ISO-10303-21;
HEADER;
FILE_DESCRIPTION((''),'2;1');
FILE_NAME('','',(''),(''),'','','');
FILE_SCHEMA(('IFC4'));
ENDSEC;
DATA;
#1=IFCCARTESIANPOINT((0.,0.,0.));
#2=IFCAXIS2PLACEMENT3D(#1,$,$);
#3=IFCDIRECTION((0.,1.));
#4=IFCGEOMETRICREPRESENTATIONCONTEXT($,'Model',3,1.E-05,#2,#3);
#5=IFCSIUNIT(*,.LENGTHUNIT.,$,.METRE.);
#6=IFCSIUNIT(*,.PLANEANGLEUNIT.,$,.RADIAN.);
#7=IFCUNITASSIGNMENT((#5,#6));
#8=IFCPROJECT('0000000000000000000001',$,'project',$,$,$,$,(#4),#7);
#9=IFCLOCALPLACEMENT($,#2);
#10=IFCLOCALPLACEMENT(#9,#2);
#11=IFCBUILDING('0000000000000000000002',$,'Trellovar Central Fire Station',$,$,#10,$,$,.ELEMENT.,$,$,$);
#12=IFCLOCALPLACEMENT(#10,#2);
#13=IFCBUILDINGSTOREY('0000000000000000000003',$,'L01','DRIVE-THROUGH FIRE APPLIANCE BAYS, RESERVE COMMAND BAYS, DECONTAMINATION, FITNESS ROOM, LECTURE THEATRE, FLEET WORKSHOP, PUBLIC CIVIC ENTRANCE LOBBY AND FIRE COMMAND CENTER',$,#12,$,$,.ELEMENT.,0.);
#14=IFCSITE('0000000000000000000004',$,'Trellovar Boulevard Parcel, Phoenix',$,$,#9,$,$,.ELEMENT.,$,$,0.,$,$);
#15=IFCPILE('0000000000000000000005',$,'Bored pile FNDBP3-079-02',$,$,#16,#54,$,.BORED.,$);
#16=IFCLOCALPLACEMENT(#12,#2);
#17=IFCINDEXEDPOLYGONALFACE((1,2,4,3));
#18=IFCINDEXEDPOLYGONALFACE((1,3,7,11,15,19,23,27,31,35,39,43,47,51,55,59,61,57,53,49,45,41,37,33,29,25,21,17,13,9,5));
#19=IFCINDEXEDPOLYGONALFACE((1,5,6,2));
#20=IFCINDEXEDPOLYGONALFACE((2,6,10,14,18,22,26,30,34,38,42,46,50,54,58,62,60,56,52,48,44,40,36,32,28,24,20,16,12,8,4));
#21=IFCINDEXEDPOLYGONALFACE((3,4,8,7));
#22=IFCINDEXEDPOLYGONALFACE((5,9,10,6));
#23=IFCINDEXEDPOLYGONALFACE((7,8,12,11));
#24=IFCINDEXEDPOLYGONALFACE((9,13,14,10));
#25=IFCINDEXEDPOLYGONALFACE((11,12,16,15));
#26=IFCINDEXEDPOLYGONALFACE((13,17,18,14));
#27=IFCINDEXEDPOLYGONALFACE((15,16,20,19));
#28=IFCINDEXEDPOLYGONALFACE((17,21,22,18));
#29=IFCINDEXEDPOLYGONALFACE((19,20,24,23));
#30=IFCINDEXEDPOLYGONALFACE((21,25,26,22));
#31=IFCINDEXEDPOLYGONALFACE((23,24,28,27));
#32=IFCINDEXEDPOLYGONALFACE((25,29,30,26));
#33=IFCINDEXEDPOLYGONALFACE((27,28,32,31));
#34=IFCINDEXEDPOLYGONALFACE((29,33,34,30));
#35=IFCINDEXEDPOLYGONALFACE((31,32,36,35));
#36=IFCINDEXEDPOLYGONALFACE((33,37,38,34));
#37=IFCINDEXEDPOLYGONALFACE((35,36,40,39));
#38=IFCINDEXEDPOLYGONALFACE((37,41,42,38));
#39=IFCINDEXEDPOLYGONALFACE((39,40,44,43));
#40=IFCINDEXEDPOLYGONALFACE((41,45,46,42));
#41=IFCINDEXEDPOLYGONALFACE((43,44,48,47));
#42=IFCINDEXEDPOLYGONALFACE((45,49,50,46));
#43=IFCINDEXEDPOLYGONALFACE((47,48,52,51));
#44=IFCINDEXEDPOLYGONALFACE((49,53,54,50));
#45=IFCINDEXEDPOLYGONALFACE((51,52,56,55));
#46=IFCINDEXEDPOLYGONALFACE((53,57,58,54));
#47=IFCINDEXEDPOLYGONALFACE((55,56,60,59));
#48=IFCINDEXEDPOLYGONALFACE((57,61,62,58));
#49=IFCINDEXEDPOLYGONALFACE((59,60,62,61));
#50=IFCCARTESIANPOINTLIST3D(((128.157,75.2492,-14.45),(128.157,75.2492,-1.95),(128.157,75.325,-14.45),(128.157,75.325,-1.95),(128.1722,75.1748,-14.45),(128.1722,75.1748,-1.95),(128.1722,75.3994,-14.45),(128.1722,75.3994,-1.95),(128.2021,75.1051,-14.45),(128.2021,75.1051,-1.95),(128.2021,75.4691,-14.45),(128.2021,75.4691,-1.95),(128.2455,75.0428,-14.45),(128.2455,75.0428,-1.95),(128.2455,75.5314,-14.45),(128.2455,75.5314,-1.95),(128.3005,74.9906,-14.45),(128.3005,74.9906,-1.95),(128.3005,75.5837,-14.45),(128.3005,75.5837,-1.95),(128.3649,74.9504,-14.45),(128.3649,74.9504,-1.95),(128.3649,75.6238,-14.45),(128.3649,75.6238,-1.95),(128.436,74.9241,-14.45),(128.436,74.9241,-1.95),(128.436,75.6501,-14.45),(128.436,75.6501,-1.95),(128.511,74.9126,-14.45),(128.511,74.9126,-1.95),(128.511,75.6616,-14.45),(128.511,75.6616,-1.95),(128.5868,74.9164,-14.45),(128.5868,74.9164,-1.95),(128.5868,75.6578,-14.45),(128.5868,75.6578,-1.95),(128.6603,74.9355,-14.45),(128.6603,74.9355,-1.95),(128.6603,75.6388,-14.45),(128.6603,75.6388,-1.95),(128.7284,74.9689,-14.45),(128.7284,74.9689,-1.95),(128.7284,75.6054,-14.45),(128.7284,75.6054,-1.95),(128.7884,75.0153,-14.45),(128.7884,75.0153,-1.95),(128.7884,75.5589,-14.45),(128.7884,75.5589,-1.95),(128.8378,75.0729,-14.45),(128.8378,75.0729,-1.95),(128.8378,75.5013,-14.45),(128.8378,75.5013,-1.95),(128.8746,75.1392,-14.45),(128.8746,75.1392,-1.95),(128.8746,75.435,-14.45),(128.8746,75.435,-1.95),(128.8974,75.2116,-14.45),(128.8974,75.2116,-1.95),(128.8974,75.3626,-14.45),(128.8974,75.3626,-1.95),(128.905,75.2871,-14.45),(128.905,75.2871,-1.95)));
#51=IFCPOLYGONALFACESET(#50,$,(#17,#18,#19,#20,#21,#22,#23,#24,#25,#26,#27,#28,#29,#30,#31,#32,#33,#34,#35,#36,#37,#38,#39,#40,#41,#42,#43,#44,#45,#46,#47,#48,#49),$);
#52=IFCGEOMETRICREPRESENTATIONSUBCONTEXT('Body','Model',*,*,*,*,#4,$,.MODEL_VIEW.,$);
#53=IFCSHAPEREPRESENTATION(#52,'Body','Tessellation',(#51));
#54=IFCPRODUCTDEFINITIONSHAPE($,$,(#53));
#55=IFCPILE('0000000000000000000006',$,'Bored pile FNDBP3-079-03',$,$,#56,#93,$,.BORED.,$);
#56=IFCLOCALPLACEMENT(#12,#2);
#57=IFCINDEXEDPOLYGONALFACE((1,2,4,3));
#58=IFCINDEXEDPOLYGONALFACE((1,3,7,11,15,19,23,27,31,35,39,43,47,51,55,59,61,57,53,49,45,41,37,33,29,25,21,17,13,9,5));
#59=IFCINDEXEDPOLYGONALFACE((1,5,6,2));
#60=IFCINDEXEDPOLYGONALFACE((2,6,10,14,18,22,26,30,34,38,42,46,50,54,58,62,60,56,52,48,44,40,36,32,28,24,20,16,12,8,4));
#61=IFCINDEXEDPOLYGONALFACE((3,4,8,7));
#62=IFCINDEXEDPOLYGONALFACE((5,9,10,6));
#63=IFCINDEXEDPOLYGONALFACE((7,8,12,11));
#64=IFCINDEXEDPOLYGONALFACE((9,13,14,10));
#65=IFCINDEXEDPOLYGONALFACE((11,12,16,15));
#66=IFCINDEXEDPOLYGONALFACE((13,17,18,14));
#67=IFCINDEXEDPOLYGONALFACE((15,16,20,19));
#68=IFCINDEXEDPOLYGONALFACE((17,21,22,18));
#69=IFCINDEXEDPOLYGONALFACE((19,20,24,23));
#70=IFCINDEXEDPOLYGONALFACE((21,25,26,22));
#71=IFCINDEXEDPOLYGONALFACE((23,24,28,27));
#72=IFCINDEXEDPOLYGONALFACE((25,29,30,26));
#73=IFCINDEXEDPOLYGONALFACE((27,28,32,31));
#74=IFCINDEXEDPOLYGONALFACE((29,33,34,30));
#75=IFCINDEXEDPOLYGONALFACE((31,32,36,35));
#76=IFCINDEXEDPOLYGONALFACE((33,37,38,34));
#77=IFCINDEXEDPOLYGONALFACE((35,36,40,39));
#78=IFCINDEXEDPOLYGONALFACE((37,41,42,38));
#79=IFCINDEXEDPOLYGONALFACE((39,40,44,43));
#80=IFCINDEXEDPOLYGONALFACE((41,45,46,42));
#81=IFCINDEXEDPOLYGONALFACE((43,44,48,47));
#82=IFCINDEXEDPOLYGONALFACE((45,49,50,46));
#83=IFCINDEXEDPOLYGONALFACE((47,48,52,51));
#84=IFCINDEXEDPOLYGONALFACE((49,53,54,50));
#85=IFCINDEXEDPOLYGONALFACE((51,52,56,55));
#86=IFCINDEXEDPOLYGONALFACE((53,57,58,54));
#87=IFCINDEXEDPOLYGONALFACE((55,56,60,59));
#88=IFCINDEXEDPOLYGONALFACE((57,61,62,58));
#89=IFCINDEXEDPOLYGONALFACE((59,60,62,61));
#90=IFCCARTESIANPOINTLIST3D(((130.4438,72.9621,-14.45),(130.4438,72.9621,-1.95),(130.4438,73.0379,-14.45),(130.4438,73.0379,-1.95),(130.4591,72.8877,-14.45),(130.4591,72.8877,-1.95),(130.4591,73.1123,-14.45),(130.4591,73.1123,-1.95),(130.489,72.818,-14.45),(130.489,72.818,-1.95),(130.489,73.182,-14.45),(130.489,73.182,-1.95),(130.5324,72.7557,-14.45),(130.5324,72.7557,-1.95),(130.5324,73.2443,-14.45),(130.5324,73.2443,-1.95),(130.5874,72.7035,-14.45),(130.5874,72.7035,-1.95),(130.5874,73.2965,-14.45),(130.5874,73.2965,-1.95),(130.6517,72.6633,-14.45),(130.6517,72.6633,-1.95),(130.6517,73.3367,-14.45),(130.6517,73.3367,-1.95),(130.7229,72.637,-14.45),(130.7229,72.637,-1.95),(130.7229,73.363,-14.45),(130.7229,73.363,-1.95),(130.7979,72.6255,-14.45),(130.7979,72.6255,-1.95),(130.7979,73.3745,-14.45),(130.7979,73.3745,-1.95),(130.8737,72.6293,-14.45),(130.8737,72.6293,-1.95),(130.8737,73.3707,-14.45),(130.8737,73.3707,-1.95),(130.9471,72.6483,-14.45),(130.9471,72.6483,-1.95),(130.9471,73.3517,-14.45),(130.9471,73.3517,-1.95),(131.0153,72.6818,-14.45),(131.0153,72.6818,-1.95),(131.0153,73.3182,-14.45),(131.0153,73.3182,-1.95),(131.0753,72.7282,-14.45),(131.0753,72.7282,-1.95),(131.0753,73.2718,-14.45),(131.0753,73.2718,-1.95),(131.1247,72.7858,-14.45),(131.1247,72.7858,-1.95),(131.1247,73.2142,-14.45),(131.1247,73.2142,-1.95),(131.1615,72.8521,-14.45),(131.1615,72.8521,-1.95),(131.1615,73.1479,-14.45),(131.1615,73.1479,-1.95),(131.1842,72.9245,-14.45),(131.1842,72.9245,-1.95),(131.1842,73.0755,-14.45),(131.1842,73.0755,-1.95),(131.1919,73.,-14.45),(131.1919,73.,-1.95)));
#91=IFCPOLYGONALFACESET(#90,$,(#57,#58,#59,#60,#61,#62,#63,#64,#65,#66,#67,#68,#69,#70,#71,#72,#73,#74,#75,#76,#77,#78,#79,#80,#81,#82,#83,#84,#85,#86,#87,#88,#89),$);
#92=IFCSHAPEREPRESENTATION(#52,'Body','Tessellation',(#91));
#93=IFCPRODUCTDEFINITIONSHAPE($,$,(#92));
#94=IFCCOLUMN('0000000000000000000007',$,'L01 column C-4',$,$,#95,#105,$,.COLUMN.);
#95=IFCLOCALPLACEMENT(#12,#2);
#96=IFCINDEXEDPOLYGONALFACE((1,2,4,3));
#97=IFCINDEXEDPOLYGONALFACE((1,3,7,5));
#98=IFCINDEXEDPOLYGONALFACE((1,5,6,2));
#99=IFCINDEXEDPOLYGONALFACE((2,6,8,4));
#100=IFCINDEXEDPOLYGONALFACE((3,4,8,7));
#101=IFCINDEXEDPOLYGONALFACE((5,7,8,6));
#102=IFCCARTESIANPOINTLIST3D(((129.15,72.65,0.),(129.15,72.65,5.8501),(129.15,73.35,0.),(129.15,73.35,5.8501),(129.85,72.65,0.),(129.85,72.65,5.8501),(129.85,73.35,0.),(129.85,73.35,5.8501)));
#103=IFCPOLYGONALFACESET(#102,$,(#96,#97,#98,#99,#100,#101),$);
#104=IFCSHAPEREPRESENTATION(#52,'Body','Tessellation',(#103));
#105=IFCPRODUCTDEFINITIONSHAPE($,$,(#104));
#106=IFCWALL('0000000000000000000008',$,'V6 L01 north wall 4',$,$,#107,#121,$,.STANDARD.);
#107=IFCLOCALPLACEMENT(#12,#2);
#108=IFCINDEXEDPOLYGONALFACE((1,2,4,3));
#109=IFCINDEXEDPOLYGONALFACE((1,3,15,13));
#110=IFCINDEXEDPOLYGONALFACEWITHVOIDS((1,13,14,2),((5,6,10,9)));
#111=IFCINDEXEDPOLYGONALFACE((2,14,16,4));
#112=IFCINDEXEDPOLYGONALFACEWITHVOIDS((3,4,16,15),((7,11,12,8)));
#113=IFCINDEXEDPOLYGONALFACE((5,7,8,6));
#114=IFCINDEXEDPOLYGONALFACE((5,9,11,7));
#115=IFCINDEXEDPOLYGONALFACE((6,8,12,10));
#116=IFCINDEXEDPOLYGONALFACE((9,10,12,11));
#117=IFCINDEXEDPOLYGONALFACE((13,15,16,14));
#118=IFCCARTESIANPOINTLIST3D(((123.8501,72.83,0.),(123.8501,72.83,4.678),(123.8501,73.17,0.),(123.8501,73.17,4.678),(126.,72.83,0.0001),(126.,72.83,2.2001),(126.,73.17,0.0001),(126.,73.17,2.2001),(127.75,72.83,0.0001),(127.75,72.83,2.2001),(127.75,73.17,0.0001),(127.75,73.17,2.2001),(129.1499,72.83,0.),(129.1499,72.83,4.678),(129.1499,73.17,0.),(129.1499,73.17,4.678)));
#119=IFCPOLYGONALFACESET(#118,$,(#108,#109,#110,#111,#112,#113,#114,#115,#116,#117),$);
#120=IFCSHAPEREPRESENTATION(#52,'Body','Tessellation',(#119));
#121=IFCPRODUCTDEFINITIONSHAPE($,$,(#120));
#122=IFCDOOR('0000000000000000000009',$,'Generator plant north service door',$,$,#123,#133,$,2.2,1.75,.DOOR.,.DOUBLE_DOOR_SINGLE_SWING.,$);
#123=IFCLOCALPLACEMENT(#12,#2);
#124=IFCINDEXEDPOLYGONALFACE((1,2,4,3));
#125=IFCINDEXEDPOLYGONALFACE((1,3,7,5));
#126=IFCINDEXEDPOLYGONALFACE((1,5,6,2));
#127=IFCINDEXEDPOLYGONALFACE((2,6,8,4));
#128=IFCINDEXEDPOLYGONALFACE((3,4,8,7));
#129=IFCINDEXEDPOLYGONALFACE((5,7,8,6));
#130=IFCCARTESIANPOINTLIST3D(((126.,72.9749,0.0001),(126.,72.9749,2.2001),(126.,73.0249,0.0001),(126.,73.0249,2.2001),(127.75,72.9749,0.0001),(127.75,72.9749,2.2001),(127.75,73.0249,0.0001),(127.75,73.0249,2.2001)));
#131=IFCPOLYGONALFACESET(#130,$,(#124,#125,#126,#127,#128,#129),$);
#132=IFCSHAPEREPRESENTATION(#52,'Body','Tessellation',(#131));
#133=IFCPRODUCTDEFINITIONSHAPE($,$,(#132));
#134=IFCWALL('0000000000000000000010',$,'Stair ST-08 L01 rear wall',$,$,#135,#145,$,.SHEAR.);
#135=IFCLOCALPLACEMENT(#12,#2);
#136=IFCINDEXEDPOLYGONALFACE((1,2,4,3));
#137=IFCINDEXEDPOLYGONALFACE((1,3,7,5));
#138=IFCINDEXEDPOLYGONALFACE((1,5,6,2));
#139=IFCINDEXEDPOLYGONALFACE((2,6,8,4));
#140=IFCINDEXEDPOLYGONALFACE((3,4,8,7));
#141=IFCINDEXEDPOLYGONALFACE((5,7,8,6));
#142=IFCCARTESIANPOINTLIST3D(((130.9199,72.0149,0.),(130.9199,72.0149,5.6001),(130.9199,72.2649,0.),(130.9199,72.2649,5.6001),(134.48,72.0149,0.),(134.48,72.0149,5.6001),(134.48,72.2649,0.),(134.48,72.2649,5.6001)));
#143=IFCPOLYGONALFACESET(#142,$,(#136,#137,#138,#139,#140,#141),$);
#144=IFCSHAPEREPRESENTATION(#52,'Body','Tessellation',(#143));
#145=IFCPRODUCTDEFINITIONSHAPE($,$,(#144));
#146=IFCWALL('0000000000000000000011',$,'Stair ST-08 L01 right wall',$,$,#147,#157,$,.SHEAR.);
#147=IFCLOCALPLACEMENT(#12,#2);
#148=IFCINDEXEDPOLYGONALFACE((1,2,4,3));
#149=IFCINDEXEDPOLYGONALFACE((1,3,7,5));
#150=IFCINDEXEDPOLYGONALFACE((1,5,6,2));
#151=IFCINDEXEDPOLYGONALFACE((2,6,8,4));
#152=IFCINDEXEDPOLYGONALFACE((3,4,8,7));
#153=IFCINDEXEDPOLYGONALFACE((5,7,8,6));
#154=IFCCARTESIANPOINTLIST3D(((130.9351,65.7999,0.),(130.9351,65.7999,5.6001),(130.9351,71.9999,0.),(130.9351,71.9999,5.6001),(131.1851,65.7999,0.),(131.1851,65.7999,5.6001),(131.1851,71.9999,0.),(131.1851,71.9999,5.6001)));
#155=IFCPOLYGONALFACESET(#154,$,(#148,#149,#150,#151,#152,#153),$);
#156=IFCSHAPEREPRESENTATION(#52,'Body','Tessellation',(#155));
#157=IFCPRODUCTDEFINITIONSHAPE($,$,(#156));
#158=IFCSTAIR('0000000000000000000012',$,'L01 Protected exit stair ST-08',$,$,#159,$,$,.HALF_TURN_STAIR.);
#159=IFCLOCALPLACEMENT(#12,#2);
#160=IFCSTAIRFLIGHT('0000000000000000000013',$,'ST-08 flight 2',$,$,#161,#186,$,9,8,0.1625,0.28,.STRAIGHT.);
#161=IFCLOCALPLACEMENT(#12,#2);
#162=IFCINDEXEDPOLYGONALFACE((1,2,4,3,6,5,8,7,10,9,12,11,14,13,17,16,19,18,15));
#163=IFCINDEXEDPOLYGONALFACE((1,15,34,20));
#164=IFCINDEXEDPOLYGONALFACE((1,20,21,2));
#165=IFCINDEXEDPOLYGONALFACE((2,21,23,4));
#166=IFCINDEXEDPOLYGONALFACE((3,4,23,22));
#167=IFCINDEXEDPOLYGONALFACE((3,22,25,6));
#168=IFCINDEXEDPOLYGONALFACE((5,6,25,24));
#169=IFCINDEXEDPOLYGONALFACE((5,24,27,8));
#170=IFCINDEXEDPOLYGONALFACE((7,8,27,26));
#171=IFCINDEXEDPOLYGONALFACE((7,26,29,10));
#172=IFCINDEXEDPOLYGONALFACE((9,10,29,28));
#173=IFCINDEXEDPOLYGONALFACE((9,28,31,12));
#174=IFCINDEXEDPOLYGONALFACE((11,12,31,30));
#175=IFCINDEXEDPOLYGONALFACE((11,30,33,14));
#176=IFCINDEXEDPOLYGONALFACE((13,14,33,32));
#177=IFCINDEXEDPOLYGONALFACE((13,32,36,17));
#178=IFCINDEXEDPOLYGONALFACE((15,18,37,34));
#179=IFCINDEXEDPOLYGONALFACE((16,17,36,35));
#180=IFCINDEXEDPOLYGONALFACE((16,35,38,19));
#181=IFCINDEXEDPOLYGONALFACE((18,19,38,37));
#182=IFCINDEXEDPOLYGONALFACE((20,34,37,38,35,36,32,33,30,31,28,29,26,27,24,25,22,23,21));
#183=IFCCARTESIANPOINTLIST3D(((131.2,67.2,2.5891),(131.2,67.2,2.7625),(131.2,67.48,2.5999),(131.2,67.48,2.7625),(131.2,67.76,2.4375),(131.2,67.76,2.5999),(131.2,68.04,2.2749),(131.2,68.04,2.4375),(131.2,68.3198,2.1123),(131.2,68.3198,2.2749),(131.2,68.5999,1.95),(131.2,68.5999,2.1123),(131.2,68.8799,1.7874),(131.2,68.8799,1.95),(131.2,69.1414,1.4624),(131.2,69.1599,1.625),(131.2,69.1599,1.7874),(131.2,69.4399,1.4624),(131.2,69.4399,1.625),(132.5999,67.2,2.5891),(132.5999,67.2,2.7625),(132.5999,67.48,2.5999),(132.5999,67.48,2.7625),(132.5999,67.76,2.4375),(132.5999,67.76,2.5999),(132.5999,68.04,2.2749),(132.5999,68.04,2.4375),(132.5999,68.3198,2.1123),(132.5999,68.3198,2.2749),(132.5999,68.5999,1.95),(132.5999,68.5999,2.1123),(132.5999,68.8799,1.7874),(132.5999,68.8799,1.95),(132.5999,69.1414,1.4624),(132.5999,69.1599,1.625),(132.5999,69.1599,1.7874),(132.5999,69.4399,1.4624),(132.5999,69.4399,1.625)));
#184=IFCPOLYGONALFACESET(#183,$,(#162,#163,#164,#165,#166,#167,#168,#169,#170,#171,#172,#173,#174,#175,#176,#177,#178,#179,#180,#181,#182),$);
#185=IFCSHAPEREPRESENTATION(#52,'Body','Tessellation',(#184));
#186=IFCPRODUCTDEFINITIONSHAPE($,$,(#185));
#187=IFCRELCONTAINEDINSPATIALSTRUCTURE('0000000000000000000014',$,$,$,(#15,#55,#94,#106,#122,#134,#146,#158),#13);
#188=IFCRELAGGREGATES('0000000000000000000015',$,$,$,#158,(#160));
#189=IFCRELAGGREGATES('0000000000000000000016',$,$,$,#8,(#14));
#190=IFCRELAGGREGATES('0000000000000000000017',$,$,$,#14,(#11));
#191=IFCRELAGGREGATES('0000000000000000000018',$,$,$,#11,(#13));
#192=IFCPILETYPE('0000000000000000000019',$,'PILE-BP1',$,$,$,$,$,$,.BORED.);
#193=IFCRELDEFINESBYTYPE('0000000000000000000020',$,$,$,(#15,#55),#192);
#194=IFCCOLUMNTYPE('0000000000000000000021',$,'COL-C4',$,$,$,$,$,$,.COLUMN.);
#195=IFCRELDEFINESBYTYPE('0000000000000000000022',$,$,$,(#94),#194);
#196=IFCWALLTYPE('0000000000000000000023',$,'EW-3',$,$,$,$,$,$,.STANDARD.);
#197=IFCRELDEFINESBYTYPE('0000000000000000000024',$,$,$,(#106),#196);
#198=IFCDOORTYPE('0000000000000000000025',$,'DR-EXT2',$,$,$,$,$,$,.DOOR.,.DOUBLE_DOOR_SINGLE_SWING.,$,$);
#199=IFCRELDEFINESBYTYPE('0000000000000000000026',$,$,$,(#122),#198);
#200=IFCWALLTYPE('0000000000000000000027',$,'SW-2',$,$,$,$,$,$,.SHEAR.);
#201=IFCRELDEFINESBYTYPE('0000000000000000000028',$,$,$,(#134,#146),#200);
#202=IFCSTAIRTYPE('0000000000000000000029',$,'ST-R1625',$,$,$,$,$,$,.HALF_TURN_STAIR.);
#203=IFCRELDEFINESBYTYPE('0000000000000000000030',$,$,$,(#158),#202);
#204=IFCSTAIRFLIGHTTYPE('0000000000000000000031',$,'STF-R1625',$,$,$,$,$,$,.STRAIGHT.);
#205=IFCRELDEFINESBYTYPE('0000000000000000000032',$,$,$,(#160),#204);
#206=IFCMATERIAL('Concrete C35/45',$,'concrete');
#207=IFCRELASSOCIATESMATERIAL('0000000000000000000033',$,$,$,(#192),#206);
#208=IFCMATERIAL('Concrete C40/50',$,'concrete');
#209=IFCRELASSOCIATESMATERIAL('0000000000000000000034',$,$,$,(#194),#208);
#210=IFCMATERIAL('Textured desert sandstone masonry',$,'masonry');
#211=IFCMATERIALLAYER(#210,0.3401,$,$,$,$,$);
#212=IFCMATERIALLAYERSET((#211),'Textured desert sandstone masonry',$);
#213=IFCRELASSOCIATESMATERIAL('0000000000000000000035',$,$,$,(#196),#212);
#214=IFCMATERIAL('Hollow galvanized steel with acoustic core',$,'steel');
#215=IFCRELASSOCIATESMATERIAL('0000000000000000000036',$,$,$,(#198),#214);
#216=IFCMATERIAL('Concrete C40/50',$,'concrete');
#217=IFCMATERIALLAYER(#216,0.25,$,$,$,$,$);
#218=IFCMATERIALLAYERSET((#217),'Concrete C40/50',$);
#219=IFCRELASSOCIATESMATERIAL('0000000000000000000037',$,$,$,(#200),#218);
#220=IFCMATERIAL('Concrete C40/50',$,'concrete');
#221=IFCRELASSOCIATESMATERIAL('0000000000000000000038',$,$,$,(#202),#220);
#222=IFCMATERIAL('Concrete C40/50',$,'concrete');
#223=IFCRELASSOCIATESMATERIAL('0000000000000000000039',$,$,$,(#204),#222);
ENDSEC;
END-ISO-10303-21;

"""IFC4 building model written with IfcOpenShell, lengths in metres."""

from ifc_helpers import new_model, si_unit, direction, frame, frame_2d, origin, origin_2d, place, context, subcontext, project, spatial, polyline, rectangle, circle, outline, extrude, material, layer, layer_set, material_profile, profile_set, type_object, element, fill, aggregate, save


model = new_model("IFC4")

# Units and contexts
model_context = context("Model", 3, precision=1e-05, world=origin(), true_north=direction((0.0, 1.0)))
body_context = subcontext(model_context, "Body", "Model", "MODEL_VIEW")
ifc_project = project(units=[si_unit("LENGTHUNIT", "METRE"), si_unit("PLANEANGLEUNIT", "RADIAN")], contexts=[model_context])

# Site, building, storey
site_placement = place(None, origin())
site = spatial("IfcSite", under=ifc_project, at=site_placement, Name="Trellovar Boulevard Parcel, Phoenix", CompositionType="ELEMENT", RefElevation=0.0)
building_placement = place(site_placement, origin())
building = spatial("IfcBuilding", under=site, at=building_placement, Name="Trellovar Central Fire Station", CompositionType="ELEMENT")
storey_placement = place(building_placement, origin())
storey = spatial("IfcBuildingStorey", under=building, at=storey_placement, Name="L01", Description="DRIVE-THROUGH FIRE APPLIANCE BAYS, RESERVE COMMAND BAYS, DECONTAMINATION, FITNESS ROOM, LECTURE THEATRE, FLEET WORKSHOP, PUBLIC CIVIC ENTRANCE LOBBY AND FIRE COMMAND CENTER", CompositionType="ELEMENT", Elevation=0.0)

# Piles
ifc_material_1 = material(Name="Concrete C35/45", Category="concrete")
ifc_material_profile_1 = material_profile(ifc_material_1, circle(Radius=0.375, at=origin_2d()), Name="PILE750")
ifc_profile_set_1 = profile_set([ifc_material_profile_1], Name="Concrete C35/45")
pile_type = type_object("IfcPileType", Name="PILE-BP1", PredefinedType="BORED", material=ifc_profile_set_1)
for number, where, z_axis, x_axis, name in (
    (1, (128.53, 75.2871, -1.95), (0.0, 0.0, -1.0), (1.0, 0.0, 0.0), "Bored pile FNDBP3-079-02"),
    (2, (130.8169, 73.0, -1.95), (0.0, 0.0, -1.0), (1.0, 0.0, 0.0), "Bored pile FNDBP3-079-03"),
):
    element("IfcPile", number, at=place(storey_placement, frame(where, z_axis=z_axis, x_axis=x_axis)), inside=storey, type_object=pile_type, Name=name, PredefinedType="BORED", context=body_context, shape_type="SweptSolid", body=[
        extrude(circle(Radius=0.375, at=origin_2d()), origin(), (0.0, 0.0, 1.0), 12.5),
    ])

# Column
ifc_material_2 = material(Name="Concrete C40/50", Category="concrete")
ifc_material_profile_2 = material_profile(ifc_material_2, rectangle(XDim=0.7, YDim=0.7, at=origin_2d()), Name="RC700X700")
ifc_profile_set_2 = profile_set([ifc_material_profile_2], Name="Concrete C40/50")
column_type = type_object("IfcColumnType", Name="COL-C4", PredefinedType="COLUMN", material=ifc_profile_set_2)
column_placement = place(storey_placement, frame((129.5, 73.0, 0.0), z_axis=(0.0, 0.0, 1.0), x_axis=(1.0, 0.0, 0.0)))
element("IfcColumn", 3, at=column_placement, inside=storey, type_object=column_type, Name="L01 column C-4", PredefinedType="COLUMN", context=body_context, shape_type="SweptSolid", body=[
    extrude(rectangle(XDim=0.7, YDim=0.7, at=origin_2d()), origin(), (0.0, 0.0, 1.0), 5.8501),
])

# Wall, opening, door
ifc_material_3 = material(Name="Textured desert sandstone masonry", Category="masonry")
ifc_layer_1 = layer(ifc_material_3, 0.3401)
ifc_layer_set_1 = layer_set([ifc_layer_1], Name="Textured desert sandstone masonry")
wall_type_1 = type_object("IfcWallType", Name="EW-3", PredefinedType="STANDARD", material=ifc_layer_set_1)
wall_1_placement = place(storey_placement, frame((129.1499, 73.0, 0.0), z_axis=(0.0, 0.0, 1.0), x_axis=(-1.0, 0.0, 0.0)))
wall_1 = element("IfcWall", 4, at=wall_1_placement, inside=storey, type_object=wall_type_1, Name="V6 L01 north wall 4", PredefinedType="STANDARD", context=body_context, shape_type="SweptSolid", body=[
    extrude(rectangle(XDim=5.2998, YDim=0.3401, at=frame_2d((2.6499, 0.0))), origin(), (0.0, 0.0, 1.0), 4.678),
])
opening_placement = place(wall_1_placement, frame((1.3999, 0.0, 0.0)))
opening = element("IfcOpeningElement", 5, at=opening_placement, cuts=wall_1, PredefinedType="OPENING", context=body_context, shape_type="SweptSolid", body=[
    extrude(rectangle(XDim=1.75, YDim=2.2, at=frame_2d((0.875, 1.1001))), frame((0.0, 0.1799, 0.0), z_axis=(0.0, -1.0, 0.0), x_axis=(1.0, 0.0, 0.0)), (0.0, 0.0, 1.0), 0.3601),
])
ifc_material_4 = material(Name="Hollow galvanized steel with acoustic core", Category="steel")
door_type = type_object("IfcDoorType", Name="DR-EXT2", OperationType="DOUBLE_DOOR_SINGLE_SWING", PredefinedType="DOOR", material=ifc_material_4)
door_placement = place(opening_placement, frame((1.75, 0.0, 0.0), z_axis=(0.0, 0.0, 1.0), x_axis=(-1.0, 0.0, 0.0)))
door = element("IfcDoor", 6, at=door_placement, inside=storey, type_object=door_type, Name="Generator plant north service door", OperationType="DOUBLE_DOOR_SINGLE_SWING", OverallHeight=2.2, OverallWidth=1.75, PredefinedType="DOOR", context=body_context, shape_type="SweptSolid", body=[
    extrude(rectangle(XDim=1.75, YDim=2.2, at=frame_2d((0.875, 1.1001))), frame((0.0, 0.0249, 0.0), z_axis=(0.0, -1.0, 0.0), x_axis=(1.0, 0.0, 0.0)), (0.0, 0.0, 1.0), 0.05),
])
fill(opening, door)

# Walls
ifc_material_5 = material(Name="Concrete C40/50", Category="concrete")
ifc_layer_2 = layer(ifc_material_5, 0.25)
ifc_layer_set_2 = layer_set([ifc_layer_2], Name="Concrete C40/50")
wall_type_2 = type_object("IfcWallType", Name="SW-2", PredefinedType="SHEAR", material=ifc_layer_set_2)
wall_2_placement = place(storey_placement, frame((130.9199, 72.1399, 0.0), z_axis=(0.0, 0.0, 1.0), x_axis=(1.0, 0.0, 0.0)))
element("IfcWall", 7, at=wall_2_placement, inside=storey, type_object=wall_type_2, Name="Stair ST-08 L01 rear wall", PredefinedType="SHEAR", context=body_context, shape_type="SweptSolid", body=[
    extrude(rectangle(XDim=3.5601, YDim=0.25, at=frame_2d((1.78, 0.0))), origin(), (0.0, 0.0, 1.0), 5.6001),
])
wall_3_placement = place(storey_placement, frame((131.0601, 72.0, 0.0), z_axis=(0.0, 0.0, 1.0), x_axis=(0.0, -1.0, 0.0)))
element("IfcWall", 8, at=wall_3_placement, inside=storey, type_object=wall_type_2, Name="Stair ST-08 L01 right wall", PredefinedType="SHEAR", context=body_context, shape_type="SweptSolid", body=[
    extrude(rectangle(XDim=6.2, YDim=0.25, at=frame_2d((3.1001, 0.0))), origin(), (0.0, 0.0, 1.0), 5.6001),
])

# Stair, stair flight
ifc_material_6 = material(Name="Concrete C40/50", Category="concrete")
stair_type = type_object("IfcStairType", Name="ST-R1625", PredefinedType="HALF_TURN_STAIR", material=ifc_material_6)
stair_placement = place(storey_placement, origin())
stair = element("IfcStair", 9, at=stair_placement, inside=storey, type_object=stair_type, Name="L01 Protected exit stair ST-08", PredefinedType="HALF_TURN_STAIR")
ifc_material_7 = material(Name="Concrete C40/50", Category="concrete")
stair_flight_type = type_object("IfcStairFlightType", Name="STF-R1625", PredefinedType="STRAIGHT", material=ifc_material_7)
stair_flight_1_placement = place(storey_placement, frame((131.8999, 69.4399, 1.4624), z_axis=(0.0, 0.0, 1.0), x_axis=(0.0, -1.0, 0.0)))
stair_flight_1 = element("IfcStairFlight", 10, at=stair_flight_1_placement, type_object=stair_flight_type, Name="ST-08 flight 2", NumberOfRisers=9, NumberOfTreads=8, PredefinedType="STRAIGHT", RiserHeight=0.1625, TreadLength=0.28, context=body_context, shape_type="SweptSolid", body=[
    extrude(outline(polyline([(0.0, 0.0), (0.0, 0.1626), (0.28, 0.1626), (0.28, 0.325), (0.5601, 0.325), (0.5601, 0.4875), (0.8401, 0.4875), (0.8401, 0.6499), (1.1201, 0.6499), (1.1201, 0.8125), (1.3999, 0.8125), (1.3999, 0.9751), (1.6799, 0.9751), (1.6799, 1.1375), (1.96, 1.1375), (1.96, 1.3), (2.24, 1.3), (2.24, 1.4624), (2.24, 1.1267), (0.2986, 0.0), (0.0, 0.0)])), frame((0.0, 0.7, 0.0), z_axis=(0.0, -1.0, 0.0), x_axis=(1.0, 0.0, 0.0)), (0.0, 0.0, 1.0), 1.3999),
])
aggregate(stair, [stair_flight_1])

save(model, "model.ifc")
